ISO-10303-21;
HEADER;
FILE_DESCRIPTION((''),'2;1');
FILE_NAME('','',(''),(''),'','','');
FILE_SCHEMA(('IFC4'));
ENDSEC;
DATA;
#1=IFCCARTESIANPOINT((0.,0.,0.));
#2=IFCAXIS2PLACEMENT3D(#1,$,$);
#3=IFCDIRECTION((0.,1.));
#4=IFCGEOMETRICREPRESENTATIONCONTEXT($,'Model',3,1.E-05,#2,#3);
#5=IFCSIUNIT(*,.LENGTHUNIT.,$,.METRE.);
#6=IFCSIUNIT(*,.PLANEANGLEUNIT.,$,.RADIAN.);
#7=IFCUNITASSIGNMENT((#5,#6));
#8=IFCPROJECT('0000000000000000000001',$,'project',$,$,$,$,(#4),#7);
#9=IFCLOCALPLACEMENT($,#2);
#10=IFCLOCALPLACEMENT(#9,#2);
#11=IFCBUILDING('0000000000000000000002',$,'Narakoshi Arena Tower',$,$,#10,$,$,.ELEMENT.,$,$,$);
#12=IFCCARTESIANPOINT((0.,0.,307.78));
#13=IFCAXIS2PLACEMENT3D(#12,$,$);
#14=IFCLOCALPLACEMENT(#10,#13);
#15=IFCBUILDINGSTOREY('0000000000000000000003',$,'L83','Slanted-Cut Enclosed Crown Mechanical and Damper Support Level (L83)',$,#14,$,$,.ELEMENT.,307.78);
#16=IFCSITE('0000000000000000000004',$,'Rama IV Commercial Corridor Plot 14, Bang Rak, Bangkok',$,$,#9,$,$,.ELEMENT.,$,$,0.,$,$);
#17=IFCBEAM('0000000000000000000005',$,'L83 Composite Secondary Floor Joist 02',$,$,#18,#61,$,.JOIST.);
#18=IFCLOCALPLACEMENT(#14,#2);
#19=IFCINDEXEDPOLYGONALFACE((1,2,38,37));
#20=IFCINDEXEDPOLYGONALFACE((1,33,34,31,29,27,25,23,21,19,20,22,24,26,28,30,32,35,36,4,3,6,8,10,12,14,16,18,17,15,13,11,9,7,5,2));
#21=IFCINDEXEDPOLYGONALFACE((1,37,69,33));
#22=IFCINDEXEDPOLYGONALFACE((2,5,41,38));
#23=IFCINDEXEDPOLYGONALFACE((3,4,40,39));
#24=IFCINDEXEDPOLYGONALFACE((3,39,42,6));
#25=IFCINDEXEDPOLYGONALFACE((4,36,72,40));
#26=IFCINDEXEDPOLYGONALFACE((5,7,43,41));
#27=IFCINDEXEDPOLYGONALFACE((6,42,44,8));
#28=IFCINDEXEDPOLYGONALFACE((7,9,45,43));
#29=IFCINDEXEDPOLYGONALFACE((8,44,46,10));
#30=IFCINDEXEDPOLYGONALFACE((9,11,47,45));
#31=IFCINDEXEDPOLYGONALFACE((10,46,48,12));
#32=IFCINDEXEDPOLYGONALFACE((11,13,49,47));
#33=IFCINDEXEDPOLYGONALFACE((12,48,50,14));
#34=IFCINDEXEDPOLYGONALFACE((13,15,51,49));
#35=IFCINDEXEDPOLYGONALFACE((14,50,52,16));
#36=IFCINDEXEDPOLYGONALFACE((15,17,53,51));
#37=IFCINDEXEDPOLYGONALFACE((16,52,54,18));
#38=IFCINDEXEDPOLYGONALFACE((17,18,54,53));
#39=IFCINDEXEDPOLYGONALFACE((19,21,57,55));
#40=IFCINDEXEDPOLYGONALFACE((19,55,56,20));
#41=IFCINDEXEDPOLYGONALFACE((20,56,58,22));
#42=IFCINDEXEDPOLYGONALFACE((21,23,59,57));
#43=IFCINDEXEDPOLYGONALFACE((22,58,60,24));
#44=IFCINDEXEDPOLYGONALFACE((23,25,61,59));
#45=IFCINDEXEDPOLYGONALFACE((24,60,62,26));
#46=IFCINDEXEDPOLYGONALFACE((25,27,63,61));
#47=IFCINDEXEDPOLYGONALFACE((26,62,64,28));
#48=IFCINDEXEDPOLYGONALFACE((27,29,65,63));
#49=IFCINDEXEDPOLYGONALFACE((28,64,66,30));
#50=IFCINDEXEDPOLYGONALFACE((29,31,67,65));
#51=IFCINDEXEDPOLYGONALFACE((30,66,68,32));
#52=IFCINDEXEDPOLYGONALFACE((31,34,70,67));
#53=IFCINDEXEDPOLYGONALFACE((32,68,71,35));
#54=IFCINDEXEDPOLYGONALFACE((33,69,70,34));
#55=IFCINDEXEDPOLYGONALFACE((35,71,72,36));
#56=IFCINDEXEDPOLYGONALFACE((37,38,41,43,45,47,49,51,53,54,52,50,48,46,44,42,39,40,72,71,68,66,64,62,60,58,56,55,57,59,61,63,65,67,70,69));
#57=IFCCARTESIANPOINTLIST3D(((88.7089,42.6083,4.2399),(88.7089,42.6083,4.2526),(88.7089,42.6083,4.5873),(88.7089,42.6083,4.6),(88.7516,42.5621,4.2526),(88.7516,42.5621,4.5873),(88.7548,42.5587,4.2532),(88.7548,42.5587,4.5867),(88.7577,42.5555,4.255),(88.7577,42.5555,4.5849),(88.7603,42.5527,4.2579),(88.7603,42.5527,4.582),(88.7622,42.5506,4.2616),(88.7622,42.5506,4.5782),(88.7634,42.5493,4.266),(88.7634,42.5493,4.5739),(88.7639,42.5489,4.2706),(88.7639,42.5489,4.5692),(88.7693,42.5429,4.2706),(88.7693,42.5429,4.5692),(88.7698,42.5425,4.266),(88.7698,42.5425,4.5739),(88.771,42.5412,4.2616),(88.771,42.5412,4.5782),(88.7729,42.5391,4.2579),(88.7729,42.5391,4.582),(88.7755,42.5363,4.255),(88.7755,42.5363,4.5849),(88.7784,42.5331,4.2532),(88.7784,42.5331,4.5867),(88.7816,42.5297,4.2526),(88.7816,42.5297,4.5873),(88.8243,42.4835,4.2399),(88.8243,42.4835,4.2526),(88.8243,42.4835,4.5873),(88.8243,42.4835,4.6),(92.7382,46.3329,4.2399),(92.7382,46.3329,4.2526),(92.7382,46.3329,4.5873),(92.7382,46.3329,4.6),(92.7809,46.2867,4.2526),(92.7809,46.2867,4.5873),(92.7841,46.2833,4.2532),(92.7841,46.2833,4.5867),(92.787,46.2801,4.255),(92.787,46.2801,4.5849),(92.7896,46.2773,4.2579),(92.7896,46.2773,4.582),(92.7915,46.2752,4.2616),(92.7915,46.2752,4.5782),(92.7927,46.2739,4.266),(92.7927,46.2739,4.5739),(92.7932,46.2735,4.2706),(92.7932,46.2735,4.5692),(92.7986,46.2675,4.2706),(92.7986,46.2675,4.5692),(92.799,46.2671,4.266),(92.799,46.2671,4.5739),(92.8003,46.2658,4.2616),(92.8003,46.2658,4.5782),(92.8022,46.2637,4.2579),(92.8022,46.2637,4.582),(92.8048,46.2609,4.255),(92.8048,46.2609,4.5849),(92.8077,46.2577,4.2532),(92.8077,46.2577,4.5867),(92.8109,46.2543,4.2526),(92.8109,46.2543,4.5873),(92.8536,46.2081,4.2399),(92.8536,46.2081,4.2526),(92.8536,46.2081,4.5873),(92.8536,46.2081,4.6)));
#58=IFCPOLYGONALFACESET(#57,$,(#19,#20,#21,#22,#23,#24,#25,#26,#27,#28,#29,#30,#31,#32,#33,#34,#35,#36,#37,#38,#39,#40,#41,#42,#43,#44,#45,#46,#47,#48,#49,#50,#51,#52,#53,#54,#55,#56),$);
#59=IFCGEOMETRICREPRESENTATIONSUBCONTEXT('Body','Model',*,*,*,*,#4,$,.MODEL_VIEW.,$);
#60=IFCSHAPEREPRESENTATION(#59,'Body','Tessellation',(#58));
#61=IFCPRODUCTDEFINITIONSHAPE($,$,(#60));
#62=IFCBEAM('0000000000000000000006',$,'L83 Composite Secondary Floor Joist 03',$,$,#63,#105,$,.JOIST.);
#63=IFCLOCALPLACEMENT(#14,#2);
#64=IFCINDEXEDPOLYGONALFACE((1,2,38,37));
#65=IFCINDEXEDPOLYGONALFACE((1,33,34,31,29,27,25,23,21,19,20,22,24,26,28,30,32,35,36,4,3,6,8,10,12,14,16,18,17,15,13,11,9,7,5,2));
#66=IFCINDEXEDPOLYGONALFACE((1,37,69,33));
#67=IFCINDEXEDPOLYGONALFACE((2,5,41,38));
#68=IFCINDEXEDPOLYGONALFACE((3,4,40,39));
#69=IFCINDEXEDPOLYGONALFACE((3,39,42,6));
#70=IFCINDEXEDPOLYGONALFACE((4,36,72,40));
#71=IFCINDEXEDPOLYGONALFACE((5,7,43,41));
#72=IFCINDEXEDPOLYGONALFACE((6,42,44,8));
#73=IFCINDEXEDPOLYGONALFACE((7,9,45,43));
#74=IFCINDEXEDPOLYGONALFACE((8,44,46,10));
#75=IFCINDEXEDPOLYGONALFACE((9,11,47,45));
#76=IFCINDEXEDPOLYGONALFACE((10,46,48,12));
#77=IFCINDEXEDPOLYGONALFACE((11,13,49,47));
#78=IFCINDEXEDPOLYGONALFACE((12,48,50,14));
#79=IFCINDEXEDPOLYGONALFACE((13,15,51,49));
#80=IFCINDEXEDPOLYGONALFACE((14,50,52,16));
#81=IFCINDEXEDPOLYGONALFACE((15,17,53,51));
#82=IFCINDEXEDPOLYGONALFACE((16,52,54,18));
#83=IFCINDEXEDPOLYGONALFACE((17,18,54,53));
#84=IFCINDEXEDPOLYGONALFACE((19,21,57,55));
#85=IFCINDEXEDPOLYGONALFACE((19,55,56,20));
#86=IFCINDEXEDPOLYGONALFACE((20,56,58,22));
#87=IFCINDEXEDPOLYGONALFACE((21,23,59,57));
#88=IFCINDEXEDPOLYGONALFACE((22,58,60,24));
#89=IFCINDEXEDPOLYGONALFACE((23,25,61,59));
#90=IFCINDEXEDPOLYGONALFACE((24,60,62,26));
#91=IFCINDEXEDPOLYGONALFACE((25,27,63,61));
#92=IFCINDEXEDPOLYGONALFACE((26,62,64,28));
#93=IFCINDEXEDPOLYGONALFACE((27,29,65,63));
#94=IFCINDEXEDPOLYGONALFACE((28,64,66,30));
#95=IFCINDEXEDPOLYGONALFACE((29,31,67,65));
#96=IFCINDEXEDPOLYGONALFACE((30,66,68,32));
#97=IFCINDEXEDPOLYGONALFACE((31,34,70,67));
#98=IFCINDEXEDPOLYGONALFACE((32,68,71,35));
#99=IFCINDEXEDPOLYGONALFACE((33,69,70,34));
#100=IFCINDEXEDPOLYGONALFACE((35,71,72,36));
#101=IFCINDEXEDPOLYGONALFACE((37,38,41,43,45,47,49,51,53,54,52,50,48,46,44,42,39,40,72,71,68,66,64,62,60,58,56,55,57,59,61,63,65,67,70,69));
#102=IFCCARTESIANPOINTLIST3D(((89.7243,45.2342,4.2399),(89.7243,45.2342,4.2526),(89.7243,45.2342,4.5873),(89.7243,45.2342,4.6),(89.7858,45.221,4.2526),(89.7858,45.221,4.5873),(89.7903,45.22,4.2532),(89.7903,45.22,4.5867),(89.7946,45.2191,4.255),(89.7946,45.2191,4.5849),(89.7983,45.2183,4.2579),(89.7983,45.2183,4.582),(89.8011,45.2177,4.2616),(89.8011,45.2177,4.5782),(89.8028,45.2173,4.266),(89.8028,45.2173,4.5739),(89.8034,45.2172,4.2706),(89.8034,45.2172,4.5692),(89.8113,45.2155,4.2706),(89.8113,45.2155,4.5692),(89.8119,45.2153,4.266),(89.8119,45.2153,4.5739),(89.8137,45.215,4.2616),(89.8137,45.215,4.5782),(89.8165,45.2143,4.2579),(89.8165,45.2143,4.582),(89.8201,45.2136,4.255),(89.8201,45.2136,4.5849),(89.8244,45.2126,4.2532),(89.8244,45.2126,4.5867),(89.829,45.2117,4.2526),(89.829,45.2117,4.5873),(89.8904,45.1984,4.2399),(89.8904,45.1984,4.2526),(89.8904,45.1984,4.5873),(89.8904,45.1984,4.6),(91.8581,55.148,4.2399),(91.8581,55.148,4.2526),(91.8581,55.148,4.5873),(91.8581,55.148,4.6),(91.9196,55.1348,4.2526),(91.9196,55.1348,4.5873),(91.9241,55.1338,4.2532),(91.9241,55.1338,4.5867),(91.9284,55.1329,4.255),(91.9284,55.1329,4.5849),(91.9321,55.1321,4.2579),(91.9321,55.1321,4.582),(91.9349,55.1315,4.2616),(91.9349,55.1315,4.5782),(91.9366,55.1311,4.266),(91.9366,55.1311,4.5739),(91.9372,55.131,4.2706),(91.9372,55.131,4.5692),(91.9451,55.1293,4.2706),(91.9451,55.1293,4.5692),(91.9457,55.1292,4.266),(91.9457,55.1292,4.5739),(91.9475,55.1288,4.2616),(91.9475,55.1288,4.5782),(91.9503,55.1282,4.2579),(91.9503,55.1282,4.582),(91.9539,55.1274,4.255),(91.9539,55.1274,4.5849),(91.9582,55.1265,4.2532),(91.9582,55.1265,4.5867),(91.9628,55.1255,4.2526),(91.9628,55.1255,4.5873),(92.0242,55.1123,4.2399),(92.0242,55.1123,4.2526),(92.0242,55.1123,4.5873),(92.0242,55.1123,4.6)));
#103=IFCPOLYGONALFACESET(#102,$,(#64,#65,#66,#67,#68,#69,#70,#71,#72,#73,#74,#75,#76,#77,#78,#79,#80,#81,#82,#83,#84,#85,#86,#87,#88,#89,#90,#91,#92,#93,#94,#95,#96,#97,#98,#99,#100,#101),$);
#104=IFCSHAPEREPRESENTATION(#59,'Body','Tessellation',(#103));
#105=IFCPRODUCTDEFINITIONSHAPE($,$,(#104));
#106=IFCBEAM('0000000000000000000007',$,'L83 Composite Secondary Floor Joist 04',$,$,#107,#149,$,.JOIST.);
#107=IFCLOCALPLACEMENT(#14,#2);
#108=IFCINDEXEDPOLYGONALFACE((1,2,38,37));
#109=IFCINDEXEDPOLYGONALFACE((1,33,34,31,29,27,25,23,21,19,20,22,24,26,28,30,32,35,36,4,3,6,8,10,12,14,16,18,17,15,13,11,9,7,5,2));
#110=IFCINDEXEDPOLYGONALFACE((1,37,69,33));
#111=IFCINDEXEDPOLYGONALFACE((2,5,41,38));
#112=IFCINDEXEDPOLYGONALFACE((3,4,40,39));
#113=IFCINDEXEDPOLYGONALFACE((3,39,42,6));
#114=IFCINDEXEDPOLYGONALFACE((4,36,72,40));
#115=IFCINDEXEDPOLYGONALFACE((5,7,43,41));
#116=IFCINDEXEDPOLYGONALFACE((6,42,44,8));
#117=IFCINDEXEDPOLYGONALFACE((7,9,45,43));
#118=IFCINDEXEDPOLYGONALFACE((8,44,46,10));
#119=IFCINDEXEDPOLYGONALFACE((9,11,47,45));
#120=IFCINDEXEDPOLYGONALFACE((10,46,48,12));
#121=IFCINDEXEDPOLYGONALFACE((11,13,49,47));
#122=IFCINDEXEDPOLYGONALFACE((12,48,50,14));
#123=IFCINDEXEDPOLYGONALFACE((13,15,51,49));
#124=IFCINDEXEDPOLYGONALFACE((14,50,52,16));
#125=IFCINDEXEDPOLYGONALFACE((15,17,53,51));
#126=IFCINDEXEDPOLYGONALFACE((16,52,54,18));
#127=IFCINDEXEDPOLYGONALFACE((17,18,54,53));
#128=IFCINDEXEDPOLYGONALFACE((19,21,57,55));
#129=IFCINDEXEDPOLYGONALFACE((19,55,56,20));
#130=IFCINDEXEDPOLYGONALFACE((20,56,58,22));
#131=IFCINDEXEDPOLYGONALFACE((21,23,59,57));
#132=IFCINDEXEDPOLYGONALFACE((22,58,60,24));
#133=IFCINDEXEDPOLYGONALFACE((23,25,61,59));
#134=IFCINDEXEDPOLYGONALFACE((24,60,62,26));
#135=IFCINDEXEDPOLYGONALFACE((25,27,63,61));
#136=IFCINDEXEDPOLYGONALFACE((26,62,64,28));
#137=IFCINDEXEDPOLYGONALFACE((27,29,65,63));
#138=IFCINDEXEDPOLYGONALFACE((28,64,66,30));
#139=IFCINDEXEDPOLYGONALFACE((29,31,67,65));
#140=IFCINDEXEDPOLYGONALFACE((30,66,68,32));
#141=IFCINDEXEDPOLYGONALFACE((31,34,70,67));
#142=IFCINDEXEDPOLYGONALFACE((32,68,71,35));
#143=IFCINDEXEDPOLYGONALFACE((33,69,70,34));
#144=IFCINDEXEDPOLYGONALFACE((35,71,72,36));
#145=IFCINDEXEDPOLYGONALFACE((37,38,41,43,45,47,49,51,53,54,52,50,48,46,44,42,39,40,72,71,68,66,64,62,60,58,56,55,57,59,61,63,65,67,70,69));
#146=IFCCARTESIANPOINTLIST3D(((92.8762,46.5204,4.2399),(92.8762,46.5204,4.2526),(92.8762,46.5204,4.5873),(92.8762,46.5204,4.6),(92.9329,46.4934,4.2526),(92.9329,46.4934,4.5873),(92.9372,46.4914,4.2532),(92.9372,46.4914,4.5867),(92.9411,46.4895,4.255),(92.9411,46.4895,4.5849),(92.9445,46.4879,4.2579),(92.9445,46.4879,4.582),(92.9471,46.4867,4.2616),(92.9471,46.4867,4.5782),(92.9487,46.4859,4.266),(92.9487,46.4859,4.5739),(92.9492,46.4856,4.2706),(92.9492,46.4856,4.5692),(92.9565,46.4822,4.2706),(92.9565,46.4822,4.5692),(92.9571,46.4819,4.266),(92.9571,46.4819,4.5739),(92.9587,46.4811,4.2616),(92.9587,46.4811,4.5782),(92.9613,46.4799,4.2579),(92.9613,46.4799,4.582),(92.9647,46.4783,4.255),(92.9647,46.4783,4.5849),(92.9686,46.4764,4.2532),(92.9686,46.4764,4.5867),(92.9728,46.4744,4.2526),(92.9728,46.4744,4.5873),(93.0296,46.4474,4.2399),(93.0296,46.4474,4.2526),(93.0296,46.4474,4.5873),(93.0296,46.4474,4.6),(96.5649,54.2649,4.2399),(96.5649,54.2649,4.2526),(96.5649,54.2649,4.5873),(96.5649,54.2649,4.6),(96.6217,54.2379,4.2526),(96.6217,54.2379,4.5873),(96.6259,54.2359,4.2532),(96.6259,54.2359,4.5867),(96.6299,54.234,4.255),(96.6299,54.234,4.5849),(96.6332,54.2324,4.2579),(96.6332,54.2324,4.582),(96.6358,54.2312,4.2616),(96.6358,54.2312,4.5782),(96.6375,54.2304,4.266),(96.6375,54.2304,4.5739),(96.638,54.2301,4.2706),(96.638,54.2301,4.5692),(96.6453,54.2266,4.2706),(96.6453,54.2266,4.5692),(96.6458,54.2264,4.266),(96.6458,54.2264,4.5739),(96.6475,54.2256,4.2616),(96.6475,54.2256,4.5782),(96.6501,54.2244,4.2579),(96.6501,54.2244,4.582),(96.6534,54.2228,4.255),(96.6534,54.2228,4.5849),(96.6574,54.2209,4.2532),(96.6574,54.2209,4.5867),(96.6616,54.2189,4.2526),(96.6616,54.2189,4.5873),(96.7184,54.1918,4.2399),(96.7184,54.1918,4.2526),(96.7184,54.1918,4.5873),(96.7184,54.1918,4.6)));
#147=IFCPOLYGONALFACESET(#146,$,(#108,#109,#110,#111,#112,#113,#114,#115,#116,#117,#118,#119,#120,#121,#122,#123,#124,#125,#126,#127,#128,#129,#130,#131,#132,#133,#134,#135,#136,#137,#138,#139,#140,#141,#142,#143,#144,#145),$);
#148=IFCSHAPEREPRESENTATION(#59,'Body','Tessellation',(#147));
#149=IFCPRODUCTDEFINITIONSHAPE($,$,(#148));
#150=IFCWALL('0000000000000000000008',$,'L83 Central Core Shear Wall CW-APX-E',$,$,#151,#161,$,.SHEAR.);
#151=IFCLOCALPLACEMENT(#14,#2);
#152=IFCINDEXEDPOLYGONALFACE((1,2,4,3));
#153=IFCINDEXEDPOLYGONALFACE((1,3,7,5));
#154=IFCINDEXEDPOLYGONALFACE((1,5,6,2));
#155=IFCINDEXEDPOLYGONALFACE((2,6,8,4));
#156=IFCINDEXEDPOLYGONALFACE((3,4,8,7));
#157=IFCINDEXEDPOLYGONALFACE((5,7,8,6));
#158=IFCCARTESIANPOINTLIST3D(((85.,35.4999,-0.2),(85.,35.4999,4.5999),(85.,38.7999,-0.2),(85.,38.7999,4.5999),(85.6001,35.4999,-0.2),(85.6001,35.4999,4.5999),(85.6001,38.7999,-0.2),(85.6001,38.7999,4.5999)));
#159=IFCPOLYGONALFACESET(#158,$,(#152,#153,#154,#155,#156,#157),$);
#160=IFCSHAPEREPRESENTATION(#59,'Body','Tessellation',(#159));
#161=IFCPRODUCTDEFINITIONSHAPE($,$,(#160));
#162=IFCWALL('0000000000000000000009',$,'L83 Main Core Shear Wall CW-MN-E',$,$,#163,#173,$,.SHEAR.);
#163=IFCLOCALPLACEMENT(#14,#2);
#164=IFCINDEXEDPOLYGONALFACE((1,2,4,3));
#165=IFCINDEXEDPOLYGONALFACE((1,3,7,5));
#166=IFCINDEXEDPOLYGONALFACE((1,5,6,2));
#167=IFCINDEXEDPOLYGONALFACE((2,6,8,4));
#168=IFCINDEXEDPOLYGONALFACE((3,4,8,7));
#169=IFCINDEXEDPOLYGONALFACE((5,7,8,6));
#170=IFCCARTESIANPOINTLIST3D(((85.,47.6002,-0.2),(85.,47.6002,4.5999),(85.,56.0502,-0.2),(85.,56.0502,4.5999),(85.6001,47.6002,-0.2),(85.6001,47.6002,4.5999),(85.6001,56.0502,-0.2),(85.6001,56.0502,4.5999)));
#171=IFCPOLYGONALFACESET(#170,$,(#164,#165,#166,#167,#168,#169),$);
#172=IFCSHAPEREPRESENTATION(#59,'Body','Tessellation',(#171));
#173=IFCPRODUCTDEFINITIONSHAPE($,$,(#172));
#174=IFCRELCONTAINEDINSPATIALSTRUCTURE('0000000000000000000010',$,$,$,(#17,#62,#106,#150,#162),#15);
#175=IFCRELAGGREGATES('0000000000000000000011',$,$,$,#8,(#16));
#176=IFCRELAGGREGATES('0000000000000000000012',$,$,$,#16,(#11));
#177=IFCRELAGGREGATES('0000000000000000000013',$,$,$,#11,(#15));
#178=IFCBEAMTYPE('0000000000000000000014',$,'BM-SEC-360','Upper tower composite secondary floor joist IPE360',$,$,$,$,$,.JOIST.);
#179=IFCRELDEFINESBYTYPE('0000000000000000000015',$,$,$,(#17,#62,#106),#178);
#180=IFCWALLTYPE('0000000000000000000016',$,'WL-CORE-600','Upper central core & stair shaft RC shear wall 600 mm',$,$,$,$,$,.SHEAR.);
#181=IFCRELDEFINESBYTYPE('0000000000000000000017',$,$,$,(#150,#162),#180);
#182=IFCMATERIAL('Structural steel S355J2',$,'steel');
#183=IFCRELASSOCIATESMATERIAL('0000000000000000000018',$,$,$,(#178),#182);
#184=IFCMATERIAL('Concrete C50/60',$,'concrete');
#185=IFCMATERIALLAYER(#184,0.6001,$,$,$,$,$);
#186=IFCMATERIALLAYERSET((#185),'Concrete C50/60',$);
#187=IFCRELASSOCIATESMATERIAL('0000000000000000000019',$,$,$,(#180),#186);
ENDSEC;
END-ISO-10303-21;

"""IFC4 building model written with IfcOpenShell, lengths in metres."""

from ifc_helpers import new_model, si_unit, direction, frame, frame_2d, origin, origin_2d, place, context, subcontext, project, spatial, rectangle, i_section, extrude, material, layer, layer_set, material_profile, profile_set, type_object, element, save


model = new_model("IFC4")

# Units and contexts
model_context = context("Model", 3, precision=1e-05, world=origin(), true_north=direction((0.0, 1.0)))
body_context = subcontext(model_context, "Body", "Model", "MODEL_VIEW")
ifc_project = project(units=[si_unit("LENGTHUNIT", "METRE"), si_unit("PLANEANGLEUNIT", "RADIAN")], contexts=[model_context])

# Site, building, storey
site_placement = place(None, origin())
site = spatial("IfcSite", under=ifc_project, at=site_placement, Name="Rama IV Commercial Corridor Plot 14, Bang Rak, Bangkok", CompositionType="ELEMENT", RefElevation=0.0)
building_placement = place(site_placement, origin())
building = spatial("IfcBuilding", under=site, at=building_placement, Name="Narakoshi Arena Tower", CompositionType="ELEMENT")
storey_placement = place(building_placement, frame((0.0, 0.0, 307.78)))
storey = spatial("IfcBuildingStorey", under=building, at=storey_placement, Name="L83", Description="Slanted-Cut Enclosed Crown Mechanical and Damper Support Level (L83)", CompositionType="ELEMENT", Elevation=307.78)

# Shared definitions
ifc_material_1 = material(Name="Structural steel S355J2", Category="steel")

# Beams
ifc_material_profile_1 = material_profile(ifc_material_1, i_section(OverallWidth=0.1699, OverallDepth=0.3601, WebThickness=0.0081, FlangeThickness=0.0127, FilletRadius=0.0181, at=origin_2d()), Name="IPE360")
ifc_profile_set_1 = profile_set([ifc_material_profile_1], Name="Structural steel S355J2")
beam_type_1 = type_object("IfcBeamType", Name="BM-SEC-360", Description="Upper tower composite secondary floor joist IPE360", PredefinedType="JOIST", material=ifc_profile_set_1)
beam_1_placement = place(storey_placement, frame((88.7666, 42.5459, 4.4199), z_axis=(0.734326, 0.678797, 0.0), x_axis=(-0.678797, 0.734326, 0.0)))
element("IfcBeam", 1, at=beam_1_placement, inside=storey, type_object=beam_type_1, Name="L83 Composite Secondary Floor Joist 02", PredefinedType="JOIST", context=body_context, shape_type="SweptSolid", body=[
    extrude(i_section(OverallWidth=0.1699, OverallDepth=0.3601, WebThickness=0.0081, FlangeThickness=0.0127, FilletRadius=0.0181, at=origin_2d()), origin(), (0.0, 0.0, 1.0), 5.4871),
])
beam_2_placement = place(storey_placement, frame((89.8074, 45.2163, 4.4199), z_axis=(0.210415, 0.977612, 0.0), x_axis=(-0.977612, 0.210415, 0.0)))
element("IfcBeam", 2, at=beam_2_placement, inside=storey, type_object=beam_type_1, Name="L83 Composite Secondary Floor Joist 03", PredefinedType="JOIST", context=body_context, shape_type="SweptSolid", body=[
    extrude(i_section(OverallWidth=0.1699, OverallDepth=0.3601, WebThickness=0.0081, FlangeThickness=0.0127, FilletRadius=0.0181, at=origin_2d()), origin(), (0.0, 0.0, 1.0), 10.1409),
])
beam_3_placement = place(storey_placement, frame((92.9529, 46.4839, 4.4199), z_axis=(0.430021, 0.902819, 0.0), x_axis=(-0.902819, 0.430021, 0.0)))
element("IfcBeam", 3, at=beam_3_placement, inside=storey, type_object=beam_type_1, Name="L83 Composite Secondary Floor Joist 04", PredefinedType="JOIST", context=body_context, shape_type="SweptSolid", body=[
    extrude(i_section(OverallWidth=0.1699, OverallDepth=0.3601, WebThickness=0.0081, FlangeThickness=0.0127, FilletRadius=0.0181, at=origin_2d()), origin(), (0.0, 0.0, 1.0), 8.5781),
])

# Walls
ifc_material_2 = material(Name="Concrete C50/60", Category="concrete")
ifc_layer_1 = layer(ifc_material_2, 0.6001)
ifc_layer_set_1 = layer_set([ifc_layer_1], Name="Concrete C50/60")
wall_type_1 = type_object("IfcWallType", Name="WL-CORE-600", Description="Upper central core & stair shaft RC shear wall 600 mm", PredefinedType="SHEAR", material=ifc_layer_set_1)
wall_1_placement = place(storey_placement, frame((85.3, 35.5, -0.2), z_axis=(0.0, 0.0, 1.0), x_axis=(0.0, 1.0, 0.0)))
element("IfcWall", 4, at=wall_1_placement, inside=storey, type_object=wall_type_1, Name="L83 Central Core Shear Wall CW-APX-E", PredefinedType="SHEAR", context=body_context, shape_type="SweptSolid", body=[
    extrude(rectangle(XDim=3.3, YDim=0.6001, at=frame_2d((1.6499, 0.0))), origin(), (0.0, 0.0, 1.0), 4.7998),
])
wall_2_placement = place(storey_placement, frame((85.3, 47.6001, -0.2), z_axis=(0.0, 0.0, 1.0), x_axis=(0.0, 1.0, 0.0)))
element("IfcWall", 5, at=wall_2_placement, inside=storey, type_object=wall_type_1, Name="L83 Main Core Shear Wall CW-MN-E", PredefinedType="SHEAR", context=body_context, shape_type="SweptSolid", body=[
    extrude(rectangle(XDim=8.45, YDim=0.6001, at=frame_2d((4.2251, 0.0))), origin(), (0.0, 0.0, 1.0), 4.7998),
])

save(model, "model.ifc")
